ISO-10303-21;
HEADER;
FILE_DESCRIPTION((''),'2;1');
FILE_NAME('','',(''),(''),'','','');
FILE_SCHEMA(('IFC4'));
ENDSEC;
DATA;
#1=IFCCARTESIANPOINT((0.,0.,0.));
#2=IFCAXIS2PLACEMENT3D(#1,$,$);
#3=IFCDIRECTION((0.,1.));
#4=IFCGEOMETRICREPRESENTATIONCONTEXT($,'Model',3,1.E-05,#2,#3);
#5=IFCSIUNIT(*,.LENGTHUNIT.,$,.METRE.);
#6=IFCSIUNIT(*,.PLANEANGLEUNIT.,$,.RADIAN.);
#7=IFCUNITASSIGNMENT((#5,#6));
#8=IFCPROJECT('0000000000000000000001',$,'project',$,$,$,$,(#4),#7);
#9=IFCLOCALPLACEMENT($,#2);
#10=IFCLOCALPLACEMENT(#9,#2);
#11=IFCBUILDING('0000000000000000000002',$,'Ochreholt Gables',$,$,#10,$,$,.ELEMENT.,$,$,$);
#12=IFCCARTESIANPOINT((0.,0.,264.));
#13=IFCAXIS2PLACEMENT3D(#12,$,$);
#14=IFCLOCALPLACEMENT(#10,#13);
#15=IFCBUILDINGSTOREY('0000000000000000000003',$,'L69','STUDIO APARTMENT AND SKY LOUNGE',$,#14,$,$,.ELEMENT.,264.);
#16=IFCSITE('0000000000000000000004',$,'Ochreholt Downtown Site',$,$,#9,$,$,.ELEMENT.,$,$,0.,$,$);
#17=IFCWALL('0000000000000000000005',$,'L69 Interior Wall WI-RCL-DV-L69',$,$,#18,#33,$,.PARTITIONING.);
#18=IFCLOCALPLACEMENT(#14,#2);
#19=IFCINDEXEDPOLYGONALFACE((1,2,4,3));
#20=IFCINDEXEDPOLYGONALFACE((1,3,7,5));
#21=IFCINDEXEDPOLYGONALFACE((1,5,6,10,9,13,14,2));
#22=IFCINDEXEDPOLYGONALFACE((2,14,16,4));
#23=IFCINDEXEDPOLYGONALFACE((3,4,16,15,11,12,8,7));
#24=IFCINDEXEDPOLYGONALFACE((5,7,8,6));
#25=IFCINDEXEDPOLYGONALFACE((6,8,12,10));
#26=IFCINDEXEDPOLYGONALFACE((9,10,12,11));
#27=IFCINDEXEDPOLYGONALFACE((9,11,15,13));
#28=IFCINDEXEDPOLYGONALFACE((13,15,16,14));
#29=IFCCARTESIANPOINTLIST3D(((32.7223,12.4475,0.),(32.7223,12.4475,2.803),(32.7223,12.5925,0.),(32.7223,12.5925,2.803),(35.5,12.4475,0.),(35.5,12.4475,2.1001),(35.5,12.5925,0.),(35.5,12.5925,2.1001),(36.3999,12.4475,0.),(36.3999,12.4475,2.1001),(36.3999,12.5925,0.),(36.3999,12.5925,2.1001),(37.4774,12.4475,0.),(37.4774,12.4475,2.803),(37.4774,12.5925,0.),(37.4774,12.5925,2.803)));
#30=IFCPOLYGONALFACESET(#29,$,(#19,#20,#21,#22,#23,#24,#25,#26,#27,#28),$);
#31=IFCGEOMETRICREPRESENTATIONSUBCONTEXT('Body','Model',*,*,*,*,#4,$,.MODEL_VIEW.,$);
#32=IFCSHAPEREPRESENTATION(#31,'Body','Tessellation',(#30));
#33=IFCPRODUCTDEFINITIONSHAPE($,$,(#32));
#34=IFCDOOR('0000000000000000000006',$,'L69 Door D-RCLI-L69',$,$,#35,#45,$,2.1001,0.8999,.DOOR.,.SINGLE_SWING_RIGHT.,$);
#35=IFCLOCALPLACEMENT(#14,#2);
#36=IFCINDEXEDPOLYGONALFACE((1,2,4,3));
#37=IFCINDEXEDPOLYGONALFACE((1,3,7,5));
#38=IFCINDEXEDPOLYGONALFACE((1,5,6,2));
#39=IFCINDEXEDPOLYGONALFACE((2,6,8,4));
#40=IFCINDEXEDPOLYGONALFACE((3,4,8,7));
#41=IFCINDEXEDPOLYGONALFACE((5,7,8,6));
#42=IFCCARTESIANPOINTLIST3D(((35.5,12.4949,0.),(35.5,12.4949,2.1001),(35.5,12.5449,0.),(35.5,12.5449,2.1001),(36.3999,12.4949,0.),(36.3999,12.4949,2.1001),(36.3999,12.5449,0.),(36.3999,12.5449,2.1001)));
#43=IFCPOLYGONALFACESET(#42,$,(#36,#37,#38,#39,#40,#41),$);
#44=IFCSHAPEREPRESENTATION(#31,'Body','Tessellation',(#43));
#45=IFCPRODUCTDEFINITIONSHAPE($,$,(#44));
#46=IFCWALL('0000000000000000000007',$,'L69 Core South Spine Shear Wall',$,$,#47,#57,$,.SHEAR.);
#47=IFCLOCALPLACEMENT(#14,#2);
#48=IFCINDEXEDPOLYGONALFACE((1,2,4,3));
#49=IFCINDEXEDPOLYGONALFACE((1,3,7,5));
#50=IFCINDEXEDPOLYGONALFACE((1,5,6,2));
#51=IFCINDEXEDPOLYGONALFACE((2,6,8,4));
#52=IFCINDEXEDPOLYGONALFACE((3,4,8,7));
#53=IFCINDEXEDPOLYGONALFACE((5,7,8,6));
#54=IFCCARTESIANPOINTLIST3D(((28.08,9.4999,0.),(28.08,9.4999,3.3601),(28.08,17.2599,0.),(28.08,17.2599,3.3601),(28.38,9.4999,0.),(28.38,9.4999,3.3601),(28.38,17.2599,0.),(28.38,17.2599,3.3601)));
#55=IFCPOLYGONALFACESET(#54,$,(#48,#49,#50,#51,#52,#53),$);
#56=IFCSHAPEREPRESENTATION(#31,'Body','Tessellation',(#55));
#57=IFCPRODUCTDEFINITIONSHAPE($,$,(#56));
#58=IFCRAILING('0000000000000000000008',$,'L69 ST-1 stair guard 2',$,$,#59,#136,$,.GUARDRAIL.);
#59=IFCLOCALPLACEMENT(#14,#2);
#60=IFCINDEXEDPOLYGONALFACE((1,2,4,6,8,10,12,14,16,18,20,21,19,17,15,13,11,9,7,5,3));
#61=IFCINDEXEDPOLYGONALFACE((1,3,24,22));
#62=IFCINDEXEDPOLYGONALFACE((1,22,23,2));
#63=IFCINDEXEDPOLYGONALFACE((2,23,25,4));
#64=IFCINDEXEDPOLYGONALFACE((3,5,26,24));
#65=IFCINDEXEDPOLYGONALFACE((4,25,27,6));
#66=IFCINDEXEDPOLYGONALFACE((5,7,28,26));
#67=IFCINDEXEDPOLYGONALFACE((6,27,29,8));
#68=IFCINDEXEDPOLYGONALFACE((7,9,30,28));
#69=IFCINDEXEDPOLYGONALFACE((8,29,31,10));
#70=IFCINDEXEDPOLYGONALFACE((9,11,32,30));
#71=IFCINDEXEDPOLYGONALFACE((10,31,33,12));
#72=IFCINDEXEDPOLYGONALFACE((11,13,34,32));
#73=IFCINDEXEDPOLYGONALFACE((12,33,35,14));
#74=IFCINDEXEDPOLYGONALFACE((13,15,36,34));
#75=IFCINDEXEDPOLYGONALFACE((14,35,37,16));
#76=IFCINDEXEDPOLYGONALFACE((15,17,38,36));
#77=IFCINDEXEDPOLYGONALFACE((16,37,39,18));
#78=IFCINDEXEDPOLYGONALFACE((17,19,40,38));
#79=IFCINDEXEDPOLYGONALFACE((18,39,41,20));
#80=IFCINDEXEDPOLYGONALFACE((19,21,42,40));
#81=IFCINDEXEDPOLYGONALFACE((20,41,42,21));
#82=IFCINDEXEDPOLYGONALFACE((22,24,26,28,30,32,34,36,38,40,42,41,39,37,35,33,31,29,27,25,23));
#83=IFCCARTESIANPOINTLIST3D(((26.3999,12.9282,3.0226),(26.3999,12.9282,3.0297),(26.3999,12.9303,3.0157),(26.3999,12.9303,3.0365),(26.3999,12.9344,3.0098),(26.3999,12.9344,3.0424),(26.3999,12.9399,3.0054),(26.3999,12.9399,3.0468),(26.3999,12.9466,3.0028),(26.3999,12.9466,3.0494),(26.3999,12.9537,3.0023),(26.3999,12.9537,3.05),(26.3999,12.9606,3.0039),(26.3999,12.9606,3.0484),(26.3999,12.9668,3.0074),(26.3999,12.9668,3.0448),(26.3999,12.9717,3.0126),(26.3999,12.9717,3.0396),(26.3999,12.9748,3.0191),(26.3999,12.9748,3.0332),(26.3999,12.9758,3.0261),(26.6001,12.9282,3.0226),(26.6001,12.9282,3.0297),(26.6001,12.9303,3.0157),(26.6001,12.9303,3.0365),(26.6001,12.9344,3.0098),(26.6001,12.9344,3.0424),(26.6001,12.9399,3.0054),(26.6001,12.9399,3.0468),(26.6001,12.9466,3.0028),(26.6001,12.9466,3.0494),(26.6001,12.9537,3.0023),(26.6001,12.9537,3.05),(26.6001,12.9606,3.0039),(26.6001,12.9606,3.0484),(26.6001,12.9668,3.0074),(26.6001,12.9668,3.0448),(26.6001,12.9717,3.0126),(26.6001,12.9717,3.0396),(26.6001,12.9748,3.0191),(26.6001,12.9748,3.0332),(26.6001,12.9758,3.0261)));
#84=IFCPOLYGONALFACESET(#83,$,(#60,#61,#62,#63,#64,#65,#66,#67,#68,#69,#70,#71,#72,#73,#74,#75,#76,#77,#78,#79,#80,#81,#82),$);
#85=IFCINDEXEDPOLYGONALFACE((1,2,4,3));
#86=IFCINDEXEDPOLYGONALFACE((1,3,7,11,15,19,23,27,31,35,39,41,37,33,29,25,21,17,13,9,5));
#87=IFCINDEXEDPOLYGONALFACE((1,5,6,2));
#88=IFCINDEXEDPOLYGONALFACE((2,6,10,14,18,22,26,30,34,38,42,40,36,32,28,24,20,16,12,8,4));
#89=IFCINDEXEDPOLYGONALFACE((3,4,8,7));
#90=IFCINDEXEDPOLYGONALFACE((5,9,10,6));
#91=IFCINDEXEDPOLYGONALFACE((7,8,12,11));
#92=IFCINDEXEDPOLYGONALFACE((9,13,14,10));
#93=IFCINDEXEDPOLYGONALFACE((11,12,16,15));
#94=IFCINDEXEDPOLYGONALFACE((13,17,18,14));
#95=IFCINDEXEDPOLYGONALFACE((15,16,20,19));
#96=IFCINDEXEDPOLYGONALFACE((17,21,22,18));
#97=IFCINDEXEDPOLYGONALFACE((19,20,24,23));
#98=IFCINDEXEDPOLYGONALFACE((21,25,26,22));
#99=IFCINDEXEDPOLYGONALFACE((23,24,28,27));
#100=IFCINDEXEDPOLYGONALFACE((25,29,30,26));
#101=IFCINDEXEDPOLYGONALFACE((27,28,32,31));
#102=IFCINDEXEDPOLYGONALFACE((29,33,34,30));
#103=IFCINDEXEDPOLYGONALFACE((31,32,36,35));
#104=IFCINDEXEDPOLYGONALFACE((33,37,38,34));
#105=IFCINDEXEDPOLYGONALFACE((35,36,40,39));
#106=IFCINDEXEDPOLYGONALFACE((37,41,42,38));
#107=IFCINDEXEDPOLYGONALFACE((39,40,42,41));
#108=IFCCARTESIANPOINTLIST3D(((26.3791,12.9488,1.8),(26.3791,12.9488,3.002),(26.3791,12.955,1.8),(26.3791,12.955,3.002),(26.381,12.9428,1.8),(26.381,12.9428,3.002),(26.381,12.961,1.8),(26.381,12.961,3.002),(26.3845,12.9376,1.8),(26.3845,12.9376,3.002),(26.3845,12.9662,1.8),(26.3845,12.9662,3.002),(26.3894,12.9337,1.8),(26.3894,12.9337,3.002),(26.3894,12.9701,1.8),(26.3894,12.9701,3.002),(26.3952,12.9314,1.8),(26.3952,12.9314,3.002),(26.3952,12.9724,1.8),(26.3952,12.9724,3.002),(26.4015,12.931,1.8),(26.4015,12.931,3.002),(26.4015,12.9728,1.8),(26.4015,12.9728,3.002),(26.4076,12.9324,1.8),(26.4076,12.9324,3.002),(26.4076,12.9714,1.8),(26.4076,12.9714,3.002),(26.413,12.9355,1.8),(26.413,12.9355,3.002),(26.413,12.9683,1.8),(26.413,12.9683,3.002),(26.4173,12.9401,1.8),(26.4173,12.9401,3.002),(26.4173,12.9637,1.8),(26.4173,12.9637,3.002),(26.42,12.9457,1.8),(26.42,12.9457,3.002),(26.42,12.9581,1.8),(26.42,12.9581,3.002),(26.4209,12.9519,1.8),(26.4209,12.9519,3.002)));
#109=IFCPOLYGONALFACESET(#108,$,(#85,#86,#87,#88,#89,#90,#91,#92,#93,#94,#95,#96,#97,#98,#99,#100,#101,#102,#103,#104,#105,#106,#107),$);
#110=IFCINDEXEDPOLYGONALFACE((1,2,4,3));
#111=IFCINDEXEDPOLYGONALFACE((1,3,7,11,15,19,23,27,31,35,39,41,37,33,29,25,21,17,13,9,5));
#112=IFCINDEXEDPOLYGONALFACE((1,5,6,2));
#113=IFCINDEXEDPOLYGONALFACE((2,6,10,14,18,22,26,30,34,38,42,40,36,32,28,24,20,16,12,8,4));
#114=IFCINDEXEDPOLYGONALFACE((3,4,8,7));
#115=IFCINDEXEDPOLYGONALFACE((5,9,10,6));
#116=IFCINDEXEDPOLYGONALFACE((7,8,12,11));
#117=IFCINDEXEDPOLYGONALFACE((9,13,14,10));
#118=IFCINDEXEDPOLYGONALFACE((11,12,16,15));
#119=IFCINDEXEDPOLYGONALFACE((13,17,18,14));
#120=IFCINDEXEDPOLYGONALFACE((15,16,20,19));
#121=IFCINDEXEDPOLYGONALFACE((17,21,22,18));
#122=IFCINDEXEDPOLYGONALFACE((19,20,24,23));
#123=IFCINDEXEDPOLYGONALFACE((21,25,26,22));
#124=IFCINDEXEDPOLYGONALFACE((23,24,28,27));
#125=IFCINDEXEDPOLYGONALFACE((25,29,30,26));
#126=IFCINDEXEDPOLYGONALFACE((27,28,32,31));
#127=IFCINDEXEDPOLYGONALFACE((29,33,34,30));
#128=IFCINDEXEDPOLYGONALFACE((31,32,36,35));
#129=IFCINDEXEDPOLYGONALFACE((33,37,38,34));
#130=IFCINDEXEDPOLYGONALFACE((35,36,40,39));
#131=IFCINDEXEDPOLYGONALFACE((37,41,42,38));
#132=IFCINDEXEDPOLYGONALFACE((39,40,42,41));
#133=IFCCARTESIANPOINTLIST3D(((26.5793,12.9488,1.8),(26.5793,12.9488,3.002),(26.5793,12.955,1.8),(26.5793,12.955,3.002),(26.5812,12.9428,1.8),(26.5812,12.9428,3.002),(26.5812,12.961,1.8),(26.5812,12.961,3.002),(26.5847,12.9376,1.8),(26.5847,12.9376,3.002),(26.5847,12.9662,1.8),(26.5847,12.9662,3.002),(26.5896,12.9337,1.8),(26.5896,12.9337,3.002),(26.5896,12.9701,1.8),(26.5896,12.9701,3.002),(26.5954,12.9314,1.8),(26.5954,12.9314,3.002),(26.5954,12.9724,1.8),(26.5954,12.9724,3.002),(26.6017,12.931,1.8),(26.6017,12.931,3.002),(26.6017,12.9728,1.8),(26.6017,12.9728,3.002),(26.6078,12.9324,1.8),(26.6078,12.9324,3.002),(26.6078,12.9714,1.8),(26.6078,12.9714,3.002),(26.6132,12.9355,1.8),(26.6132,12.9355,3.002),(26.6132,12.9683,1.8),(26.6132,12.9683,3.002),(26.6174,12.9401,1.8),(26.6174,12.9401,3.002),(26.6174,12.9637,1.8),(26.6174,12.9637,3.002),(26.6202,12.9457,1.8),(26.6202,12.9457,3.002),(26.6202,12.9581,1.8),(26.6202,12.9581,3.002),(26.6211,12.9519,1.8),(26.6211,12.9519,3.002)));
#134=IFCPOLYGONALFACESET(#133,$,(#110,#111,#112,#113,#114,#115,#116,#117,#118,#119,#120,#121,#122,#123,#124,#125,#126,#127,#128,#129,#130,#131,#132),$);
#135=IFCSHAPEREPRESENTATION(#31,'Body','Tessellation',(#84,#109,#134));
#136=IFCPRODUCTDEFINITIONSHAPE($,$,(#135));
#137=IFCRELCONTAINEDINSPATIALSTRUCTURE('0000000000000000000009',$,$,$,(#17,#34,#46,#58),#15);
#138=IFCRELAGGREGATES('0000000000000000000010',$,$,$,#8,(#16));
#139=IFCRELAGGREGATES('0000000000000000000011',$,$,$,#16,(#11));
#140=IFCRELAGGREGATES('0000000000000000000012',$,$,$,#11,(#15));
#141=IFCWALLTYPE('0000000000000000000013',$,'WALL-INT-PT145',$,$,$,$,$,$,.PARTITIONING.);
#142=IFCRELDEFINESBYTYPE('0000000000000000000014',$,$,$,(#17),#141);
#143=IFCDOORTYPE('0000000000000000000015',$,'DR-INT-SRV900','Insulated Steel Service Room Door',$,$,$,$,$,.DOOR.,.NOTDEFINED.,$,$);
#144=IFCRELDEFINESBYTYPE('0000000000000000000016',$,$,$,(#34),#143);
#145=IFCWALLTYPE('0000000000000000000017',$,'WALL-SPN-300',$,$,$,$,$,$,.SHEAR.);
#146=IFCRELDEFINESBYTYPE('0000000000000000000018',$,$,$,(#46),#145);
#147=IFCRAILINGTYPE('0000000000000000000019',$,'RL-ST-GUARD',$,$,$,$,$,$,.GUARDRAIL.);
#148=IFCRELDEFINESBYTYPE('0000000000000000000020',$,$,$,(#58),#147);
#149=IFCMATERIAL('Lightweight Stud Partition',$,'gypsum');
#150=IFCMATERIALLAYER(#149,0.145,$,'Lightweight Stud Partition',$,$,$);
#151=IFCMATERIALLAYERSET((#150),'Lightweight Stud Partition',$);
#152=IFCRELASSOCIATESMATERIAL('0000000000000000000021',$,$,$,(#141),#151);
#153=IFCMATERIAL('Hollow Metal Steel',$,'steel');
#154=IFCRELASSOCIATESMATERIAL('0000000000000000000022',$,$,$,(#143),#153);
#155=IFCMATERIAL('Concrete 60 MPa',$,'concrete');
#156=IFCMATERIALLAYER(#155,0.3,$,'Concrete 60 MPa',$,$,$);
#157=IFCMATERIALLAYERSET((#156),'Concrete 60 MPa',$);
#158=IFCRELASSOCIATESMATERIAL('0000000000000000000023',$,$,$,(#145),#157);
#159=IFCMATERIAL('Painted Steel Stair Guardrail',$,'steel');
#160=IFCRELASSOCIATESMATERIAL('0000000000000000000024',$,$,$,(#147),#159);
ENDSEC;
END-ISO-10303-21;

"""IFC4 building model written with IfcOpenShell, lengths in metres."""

from ifc_helpers import new_model, si_unit, direction, frame, frame_2d, origin, origin_2d, place, context, subcontext, project, spatial, rectangle, circle, extrude, material, layer, layer_set, type_object, element, fill, save


model = new_model("IFC4")

# Units and contexts
model_context = context("Model", 3, precision=1e-05, world=origin(), true_north=direction((0.0, 1.0)))
body_context = subcontext(model_context, "Body", "Model", "MODEL_VIEW")
ifc_project = project(units=[si_unit("LENGTHUNIT", "METRE"), si_unit("PLANEANGLEUNIT", "RADIAN")], contexts=[model_context])

# Site, building, storey
site_placement = place(None, origin())
site = spatial("IfcSite", under=ifc_project, at=site_placement, Name="Ochreholt Downtown Site", CompositionType="ELEMENT", RefElevation=0.0)
building_placement = place(site_placement, origin())
building = spatial("IfcBuilding", under=site, at=building_placement, Name="Ochreholt Gables", CompositionType="ELEMENT")
storey_placement = place(building_placement, frame((0.0, 0.0, 264.0)))
storey = spatial("IfcBuildingStorey", under=building, at=storey_placement, Name="L69", Description="STUDIO APARTMENT AND SKY LOUNGE", CompositionType="ELEMENT", Elevation=264.0)

# Shared definitions
ifc_material_1 = material(Name="Lightweight Stud Partition", Category="gypsum")
ifc_layer_1 = layer(ifc_material_1, 0.145, Name="Lightweight Stud Partition")
ifc_layer_set_1 = layer_set([ifc_layer_1], Name="Lightweight Stud Partition")
wall_type_1 = type_object("IfcWallType", Name="WALL-INT-PT145", PredefinedType="PARTITIONING", material=ifc_layer_set_1)

# Wall, opening, door
wall_1_placement = place(storey_placement, frame((32.7224, 12.52, 0.0), z_axis=(0.0, 0.0, 1.0), x_axis=(1.0, 0.0, 0.0)))
wall_1 = element("IfcWall", 1, at=wall_1_placement, inside=storey, type_object=wall_type_1, Name="L69 Interior Wall WI-RCL-DV-L69", PredefinedType="PARTITIONING", context=body_context, shape_type="SweptSolid", body=[
    extrude(rectangle(XDim=4.7551, YDim=0.145, at=frame_2d((2.3774, 0.0))), origin(), (0.0, 0.0, 1.0), 2.803),
])
opening_1_placement = place(wall_1_placement, frame((2.7776, 0.0, 0.0)))
opening_1 = element("IfcOpeningElement", 2, at=opening_1_placement, cuts=wall_1, PredefinedType="OPENING", context=body_context, shape_type="SweptSolid", body=[
    extrude(rectangle(XDim=0.8999, YDim=2.1001, at=frame_2d((0.45, 1.05))), frame((0.0, 0.0825, 0.0), z_axis=(0.0, -1.0, 0.0), x_axis=(1.0, 0.0, 0.0)), (0.0, 0.0, 1.0), 0.165),
])
ifc_material_2 = material(Name="Hollow Metal Steel", Category="steel")
door_type = type_object("IfcDoorType", Name="DR-INT-SRV900", Description="Insulated Steel Service Room Door", OperationType="NOTDEFINED", PredefinedType="DOOR", material=ifc_material_2)
door_placement = place(opening_1_placement, origin())
door = element("IfcDoor", 3, at=door_placement, inside=storey, type_object=door_type, Name="L69 Door D-RCLI-L69", OperationType="SINGLE_SWING_RIGHT", OverallHeight=2.1001, OverallWidth=0.8999, PredefinedType="DOOR", context=body_context, shape_type="SweptSolid", body=[
    extrude(rectangle(XDim=0.8999, YDim=2.1001, at=frame_2d((0.45, 1.05))), frame((0.0, 0.0249, 0.0), z_axis=(0.0, -1.0, 0.0), x_axis=(1.0, 0.0, 0.0)), (0.0, 0.0, 1.0), 0.05),
])
fill(opening_1, door)

# Wall
ifc_material_3 = material(Name="Concrete 60 MPa", Category="concrete")
ifc_layer_2 = layer(ifc_material_3, 0.3, Name="Concrete 60 MPa")
ifc_layer_set_2 = layer_set([ifc_layer_2], Name="Concrete 60 MPa")
wall_type_2 = type_object("IfcWallType", Name="WALL-SPN-300", PredefinedType="SHEAR", material=ifc_layer_set_2)
wall_2_placement = place(storey_placement, frame((28.23, 9.5, 0.0), z_axis=(0.0, 0.0, 1.0), x_axis=(0.0, 1.0, 0.0)))
element("IfcWall", 4, at=wall_2_placement, inside=storey, type_object=wall_type_2, Name="L69 Core South Spine Shear Wall", PredefinedType="SHEAR", context=body_context, shape_type="SweptSolid", body=[
    extrude(rectangle(XDim=7.76, YDim=0.3, at=frame_2d((3.8799, 0.0))), origin(), (0.0, 0.0, 1.0), 3.3601),
])

# Railing
ifc_material_4 = material(Name="Painted Steel Stair Guardrail", Category="steel")
railing_type = type_object("IfcRailingType", Name="RL-ST-GUARD", PredefinedType="GUARDRAIL", material=ifc_material_4)
railing_1_placement = place(storey_placement, frame((26.3999, 12.9519, 1.8)))
element("IfcRailing", 5, at=railing_1_placement, inside=storey, type_object=railing_type, Name="L69 ST-1 stair guard 2", PredefinedType="GUARDRAIL", context=body_context, shape_type="SweptSolid", body=[
    extrude(circle(Radius=0.0239, at=origin_2d()), frame((0.0, 0.0, 1.2261), z_axis=(1.0, 0.0, 0.0), x_axis=(0.0, 1.0, 0.0)), (0.0, 0.0, 1.0), 0.2002),
    extrude(circle(Radius=0.021, at=origin_2d()), origin(), (0.0, 0.0, 1.0), 1.2019),
    extrude(circle(Radius=0.021, at=origin_2d()), frame((0.2002, 0.0, 0.0)), (0.0, 0.0, 1.0), 1.2019),
])

save(model, "model.ifc")
